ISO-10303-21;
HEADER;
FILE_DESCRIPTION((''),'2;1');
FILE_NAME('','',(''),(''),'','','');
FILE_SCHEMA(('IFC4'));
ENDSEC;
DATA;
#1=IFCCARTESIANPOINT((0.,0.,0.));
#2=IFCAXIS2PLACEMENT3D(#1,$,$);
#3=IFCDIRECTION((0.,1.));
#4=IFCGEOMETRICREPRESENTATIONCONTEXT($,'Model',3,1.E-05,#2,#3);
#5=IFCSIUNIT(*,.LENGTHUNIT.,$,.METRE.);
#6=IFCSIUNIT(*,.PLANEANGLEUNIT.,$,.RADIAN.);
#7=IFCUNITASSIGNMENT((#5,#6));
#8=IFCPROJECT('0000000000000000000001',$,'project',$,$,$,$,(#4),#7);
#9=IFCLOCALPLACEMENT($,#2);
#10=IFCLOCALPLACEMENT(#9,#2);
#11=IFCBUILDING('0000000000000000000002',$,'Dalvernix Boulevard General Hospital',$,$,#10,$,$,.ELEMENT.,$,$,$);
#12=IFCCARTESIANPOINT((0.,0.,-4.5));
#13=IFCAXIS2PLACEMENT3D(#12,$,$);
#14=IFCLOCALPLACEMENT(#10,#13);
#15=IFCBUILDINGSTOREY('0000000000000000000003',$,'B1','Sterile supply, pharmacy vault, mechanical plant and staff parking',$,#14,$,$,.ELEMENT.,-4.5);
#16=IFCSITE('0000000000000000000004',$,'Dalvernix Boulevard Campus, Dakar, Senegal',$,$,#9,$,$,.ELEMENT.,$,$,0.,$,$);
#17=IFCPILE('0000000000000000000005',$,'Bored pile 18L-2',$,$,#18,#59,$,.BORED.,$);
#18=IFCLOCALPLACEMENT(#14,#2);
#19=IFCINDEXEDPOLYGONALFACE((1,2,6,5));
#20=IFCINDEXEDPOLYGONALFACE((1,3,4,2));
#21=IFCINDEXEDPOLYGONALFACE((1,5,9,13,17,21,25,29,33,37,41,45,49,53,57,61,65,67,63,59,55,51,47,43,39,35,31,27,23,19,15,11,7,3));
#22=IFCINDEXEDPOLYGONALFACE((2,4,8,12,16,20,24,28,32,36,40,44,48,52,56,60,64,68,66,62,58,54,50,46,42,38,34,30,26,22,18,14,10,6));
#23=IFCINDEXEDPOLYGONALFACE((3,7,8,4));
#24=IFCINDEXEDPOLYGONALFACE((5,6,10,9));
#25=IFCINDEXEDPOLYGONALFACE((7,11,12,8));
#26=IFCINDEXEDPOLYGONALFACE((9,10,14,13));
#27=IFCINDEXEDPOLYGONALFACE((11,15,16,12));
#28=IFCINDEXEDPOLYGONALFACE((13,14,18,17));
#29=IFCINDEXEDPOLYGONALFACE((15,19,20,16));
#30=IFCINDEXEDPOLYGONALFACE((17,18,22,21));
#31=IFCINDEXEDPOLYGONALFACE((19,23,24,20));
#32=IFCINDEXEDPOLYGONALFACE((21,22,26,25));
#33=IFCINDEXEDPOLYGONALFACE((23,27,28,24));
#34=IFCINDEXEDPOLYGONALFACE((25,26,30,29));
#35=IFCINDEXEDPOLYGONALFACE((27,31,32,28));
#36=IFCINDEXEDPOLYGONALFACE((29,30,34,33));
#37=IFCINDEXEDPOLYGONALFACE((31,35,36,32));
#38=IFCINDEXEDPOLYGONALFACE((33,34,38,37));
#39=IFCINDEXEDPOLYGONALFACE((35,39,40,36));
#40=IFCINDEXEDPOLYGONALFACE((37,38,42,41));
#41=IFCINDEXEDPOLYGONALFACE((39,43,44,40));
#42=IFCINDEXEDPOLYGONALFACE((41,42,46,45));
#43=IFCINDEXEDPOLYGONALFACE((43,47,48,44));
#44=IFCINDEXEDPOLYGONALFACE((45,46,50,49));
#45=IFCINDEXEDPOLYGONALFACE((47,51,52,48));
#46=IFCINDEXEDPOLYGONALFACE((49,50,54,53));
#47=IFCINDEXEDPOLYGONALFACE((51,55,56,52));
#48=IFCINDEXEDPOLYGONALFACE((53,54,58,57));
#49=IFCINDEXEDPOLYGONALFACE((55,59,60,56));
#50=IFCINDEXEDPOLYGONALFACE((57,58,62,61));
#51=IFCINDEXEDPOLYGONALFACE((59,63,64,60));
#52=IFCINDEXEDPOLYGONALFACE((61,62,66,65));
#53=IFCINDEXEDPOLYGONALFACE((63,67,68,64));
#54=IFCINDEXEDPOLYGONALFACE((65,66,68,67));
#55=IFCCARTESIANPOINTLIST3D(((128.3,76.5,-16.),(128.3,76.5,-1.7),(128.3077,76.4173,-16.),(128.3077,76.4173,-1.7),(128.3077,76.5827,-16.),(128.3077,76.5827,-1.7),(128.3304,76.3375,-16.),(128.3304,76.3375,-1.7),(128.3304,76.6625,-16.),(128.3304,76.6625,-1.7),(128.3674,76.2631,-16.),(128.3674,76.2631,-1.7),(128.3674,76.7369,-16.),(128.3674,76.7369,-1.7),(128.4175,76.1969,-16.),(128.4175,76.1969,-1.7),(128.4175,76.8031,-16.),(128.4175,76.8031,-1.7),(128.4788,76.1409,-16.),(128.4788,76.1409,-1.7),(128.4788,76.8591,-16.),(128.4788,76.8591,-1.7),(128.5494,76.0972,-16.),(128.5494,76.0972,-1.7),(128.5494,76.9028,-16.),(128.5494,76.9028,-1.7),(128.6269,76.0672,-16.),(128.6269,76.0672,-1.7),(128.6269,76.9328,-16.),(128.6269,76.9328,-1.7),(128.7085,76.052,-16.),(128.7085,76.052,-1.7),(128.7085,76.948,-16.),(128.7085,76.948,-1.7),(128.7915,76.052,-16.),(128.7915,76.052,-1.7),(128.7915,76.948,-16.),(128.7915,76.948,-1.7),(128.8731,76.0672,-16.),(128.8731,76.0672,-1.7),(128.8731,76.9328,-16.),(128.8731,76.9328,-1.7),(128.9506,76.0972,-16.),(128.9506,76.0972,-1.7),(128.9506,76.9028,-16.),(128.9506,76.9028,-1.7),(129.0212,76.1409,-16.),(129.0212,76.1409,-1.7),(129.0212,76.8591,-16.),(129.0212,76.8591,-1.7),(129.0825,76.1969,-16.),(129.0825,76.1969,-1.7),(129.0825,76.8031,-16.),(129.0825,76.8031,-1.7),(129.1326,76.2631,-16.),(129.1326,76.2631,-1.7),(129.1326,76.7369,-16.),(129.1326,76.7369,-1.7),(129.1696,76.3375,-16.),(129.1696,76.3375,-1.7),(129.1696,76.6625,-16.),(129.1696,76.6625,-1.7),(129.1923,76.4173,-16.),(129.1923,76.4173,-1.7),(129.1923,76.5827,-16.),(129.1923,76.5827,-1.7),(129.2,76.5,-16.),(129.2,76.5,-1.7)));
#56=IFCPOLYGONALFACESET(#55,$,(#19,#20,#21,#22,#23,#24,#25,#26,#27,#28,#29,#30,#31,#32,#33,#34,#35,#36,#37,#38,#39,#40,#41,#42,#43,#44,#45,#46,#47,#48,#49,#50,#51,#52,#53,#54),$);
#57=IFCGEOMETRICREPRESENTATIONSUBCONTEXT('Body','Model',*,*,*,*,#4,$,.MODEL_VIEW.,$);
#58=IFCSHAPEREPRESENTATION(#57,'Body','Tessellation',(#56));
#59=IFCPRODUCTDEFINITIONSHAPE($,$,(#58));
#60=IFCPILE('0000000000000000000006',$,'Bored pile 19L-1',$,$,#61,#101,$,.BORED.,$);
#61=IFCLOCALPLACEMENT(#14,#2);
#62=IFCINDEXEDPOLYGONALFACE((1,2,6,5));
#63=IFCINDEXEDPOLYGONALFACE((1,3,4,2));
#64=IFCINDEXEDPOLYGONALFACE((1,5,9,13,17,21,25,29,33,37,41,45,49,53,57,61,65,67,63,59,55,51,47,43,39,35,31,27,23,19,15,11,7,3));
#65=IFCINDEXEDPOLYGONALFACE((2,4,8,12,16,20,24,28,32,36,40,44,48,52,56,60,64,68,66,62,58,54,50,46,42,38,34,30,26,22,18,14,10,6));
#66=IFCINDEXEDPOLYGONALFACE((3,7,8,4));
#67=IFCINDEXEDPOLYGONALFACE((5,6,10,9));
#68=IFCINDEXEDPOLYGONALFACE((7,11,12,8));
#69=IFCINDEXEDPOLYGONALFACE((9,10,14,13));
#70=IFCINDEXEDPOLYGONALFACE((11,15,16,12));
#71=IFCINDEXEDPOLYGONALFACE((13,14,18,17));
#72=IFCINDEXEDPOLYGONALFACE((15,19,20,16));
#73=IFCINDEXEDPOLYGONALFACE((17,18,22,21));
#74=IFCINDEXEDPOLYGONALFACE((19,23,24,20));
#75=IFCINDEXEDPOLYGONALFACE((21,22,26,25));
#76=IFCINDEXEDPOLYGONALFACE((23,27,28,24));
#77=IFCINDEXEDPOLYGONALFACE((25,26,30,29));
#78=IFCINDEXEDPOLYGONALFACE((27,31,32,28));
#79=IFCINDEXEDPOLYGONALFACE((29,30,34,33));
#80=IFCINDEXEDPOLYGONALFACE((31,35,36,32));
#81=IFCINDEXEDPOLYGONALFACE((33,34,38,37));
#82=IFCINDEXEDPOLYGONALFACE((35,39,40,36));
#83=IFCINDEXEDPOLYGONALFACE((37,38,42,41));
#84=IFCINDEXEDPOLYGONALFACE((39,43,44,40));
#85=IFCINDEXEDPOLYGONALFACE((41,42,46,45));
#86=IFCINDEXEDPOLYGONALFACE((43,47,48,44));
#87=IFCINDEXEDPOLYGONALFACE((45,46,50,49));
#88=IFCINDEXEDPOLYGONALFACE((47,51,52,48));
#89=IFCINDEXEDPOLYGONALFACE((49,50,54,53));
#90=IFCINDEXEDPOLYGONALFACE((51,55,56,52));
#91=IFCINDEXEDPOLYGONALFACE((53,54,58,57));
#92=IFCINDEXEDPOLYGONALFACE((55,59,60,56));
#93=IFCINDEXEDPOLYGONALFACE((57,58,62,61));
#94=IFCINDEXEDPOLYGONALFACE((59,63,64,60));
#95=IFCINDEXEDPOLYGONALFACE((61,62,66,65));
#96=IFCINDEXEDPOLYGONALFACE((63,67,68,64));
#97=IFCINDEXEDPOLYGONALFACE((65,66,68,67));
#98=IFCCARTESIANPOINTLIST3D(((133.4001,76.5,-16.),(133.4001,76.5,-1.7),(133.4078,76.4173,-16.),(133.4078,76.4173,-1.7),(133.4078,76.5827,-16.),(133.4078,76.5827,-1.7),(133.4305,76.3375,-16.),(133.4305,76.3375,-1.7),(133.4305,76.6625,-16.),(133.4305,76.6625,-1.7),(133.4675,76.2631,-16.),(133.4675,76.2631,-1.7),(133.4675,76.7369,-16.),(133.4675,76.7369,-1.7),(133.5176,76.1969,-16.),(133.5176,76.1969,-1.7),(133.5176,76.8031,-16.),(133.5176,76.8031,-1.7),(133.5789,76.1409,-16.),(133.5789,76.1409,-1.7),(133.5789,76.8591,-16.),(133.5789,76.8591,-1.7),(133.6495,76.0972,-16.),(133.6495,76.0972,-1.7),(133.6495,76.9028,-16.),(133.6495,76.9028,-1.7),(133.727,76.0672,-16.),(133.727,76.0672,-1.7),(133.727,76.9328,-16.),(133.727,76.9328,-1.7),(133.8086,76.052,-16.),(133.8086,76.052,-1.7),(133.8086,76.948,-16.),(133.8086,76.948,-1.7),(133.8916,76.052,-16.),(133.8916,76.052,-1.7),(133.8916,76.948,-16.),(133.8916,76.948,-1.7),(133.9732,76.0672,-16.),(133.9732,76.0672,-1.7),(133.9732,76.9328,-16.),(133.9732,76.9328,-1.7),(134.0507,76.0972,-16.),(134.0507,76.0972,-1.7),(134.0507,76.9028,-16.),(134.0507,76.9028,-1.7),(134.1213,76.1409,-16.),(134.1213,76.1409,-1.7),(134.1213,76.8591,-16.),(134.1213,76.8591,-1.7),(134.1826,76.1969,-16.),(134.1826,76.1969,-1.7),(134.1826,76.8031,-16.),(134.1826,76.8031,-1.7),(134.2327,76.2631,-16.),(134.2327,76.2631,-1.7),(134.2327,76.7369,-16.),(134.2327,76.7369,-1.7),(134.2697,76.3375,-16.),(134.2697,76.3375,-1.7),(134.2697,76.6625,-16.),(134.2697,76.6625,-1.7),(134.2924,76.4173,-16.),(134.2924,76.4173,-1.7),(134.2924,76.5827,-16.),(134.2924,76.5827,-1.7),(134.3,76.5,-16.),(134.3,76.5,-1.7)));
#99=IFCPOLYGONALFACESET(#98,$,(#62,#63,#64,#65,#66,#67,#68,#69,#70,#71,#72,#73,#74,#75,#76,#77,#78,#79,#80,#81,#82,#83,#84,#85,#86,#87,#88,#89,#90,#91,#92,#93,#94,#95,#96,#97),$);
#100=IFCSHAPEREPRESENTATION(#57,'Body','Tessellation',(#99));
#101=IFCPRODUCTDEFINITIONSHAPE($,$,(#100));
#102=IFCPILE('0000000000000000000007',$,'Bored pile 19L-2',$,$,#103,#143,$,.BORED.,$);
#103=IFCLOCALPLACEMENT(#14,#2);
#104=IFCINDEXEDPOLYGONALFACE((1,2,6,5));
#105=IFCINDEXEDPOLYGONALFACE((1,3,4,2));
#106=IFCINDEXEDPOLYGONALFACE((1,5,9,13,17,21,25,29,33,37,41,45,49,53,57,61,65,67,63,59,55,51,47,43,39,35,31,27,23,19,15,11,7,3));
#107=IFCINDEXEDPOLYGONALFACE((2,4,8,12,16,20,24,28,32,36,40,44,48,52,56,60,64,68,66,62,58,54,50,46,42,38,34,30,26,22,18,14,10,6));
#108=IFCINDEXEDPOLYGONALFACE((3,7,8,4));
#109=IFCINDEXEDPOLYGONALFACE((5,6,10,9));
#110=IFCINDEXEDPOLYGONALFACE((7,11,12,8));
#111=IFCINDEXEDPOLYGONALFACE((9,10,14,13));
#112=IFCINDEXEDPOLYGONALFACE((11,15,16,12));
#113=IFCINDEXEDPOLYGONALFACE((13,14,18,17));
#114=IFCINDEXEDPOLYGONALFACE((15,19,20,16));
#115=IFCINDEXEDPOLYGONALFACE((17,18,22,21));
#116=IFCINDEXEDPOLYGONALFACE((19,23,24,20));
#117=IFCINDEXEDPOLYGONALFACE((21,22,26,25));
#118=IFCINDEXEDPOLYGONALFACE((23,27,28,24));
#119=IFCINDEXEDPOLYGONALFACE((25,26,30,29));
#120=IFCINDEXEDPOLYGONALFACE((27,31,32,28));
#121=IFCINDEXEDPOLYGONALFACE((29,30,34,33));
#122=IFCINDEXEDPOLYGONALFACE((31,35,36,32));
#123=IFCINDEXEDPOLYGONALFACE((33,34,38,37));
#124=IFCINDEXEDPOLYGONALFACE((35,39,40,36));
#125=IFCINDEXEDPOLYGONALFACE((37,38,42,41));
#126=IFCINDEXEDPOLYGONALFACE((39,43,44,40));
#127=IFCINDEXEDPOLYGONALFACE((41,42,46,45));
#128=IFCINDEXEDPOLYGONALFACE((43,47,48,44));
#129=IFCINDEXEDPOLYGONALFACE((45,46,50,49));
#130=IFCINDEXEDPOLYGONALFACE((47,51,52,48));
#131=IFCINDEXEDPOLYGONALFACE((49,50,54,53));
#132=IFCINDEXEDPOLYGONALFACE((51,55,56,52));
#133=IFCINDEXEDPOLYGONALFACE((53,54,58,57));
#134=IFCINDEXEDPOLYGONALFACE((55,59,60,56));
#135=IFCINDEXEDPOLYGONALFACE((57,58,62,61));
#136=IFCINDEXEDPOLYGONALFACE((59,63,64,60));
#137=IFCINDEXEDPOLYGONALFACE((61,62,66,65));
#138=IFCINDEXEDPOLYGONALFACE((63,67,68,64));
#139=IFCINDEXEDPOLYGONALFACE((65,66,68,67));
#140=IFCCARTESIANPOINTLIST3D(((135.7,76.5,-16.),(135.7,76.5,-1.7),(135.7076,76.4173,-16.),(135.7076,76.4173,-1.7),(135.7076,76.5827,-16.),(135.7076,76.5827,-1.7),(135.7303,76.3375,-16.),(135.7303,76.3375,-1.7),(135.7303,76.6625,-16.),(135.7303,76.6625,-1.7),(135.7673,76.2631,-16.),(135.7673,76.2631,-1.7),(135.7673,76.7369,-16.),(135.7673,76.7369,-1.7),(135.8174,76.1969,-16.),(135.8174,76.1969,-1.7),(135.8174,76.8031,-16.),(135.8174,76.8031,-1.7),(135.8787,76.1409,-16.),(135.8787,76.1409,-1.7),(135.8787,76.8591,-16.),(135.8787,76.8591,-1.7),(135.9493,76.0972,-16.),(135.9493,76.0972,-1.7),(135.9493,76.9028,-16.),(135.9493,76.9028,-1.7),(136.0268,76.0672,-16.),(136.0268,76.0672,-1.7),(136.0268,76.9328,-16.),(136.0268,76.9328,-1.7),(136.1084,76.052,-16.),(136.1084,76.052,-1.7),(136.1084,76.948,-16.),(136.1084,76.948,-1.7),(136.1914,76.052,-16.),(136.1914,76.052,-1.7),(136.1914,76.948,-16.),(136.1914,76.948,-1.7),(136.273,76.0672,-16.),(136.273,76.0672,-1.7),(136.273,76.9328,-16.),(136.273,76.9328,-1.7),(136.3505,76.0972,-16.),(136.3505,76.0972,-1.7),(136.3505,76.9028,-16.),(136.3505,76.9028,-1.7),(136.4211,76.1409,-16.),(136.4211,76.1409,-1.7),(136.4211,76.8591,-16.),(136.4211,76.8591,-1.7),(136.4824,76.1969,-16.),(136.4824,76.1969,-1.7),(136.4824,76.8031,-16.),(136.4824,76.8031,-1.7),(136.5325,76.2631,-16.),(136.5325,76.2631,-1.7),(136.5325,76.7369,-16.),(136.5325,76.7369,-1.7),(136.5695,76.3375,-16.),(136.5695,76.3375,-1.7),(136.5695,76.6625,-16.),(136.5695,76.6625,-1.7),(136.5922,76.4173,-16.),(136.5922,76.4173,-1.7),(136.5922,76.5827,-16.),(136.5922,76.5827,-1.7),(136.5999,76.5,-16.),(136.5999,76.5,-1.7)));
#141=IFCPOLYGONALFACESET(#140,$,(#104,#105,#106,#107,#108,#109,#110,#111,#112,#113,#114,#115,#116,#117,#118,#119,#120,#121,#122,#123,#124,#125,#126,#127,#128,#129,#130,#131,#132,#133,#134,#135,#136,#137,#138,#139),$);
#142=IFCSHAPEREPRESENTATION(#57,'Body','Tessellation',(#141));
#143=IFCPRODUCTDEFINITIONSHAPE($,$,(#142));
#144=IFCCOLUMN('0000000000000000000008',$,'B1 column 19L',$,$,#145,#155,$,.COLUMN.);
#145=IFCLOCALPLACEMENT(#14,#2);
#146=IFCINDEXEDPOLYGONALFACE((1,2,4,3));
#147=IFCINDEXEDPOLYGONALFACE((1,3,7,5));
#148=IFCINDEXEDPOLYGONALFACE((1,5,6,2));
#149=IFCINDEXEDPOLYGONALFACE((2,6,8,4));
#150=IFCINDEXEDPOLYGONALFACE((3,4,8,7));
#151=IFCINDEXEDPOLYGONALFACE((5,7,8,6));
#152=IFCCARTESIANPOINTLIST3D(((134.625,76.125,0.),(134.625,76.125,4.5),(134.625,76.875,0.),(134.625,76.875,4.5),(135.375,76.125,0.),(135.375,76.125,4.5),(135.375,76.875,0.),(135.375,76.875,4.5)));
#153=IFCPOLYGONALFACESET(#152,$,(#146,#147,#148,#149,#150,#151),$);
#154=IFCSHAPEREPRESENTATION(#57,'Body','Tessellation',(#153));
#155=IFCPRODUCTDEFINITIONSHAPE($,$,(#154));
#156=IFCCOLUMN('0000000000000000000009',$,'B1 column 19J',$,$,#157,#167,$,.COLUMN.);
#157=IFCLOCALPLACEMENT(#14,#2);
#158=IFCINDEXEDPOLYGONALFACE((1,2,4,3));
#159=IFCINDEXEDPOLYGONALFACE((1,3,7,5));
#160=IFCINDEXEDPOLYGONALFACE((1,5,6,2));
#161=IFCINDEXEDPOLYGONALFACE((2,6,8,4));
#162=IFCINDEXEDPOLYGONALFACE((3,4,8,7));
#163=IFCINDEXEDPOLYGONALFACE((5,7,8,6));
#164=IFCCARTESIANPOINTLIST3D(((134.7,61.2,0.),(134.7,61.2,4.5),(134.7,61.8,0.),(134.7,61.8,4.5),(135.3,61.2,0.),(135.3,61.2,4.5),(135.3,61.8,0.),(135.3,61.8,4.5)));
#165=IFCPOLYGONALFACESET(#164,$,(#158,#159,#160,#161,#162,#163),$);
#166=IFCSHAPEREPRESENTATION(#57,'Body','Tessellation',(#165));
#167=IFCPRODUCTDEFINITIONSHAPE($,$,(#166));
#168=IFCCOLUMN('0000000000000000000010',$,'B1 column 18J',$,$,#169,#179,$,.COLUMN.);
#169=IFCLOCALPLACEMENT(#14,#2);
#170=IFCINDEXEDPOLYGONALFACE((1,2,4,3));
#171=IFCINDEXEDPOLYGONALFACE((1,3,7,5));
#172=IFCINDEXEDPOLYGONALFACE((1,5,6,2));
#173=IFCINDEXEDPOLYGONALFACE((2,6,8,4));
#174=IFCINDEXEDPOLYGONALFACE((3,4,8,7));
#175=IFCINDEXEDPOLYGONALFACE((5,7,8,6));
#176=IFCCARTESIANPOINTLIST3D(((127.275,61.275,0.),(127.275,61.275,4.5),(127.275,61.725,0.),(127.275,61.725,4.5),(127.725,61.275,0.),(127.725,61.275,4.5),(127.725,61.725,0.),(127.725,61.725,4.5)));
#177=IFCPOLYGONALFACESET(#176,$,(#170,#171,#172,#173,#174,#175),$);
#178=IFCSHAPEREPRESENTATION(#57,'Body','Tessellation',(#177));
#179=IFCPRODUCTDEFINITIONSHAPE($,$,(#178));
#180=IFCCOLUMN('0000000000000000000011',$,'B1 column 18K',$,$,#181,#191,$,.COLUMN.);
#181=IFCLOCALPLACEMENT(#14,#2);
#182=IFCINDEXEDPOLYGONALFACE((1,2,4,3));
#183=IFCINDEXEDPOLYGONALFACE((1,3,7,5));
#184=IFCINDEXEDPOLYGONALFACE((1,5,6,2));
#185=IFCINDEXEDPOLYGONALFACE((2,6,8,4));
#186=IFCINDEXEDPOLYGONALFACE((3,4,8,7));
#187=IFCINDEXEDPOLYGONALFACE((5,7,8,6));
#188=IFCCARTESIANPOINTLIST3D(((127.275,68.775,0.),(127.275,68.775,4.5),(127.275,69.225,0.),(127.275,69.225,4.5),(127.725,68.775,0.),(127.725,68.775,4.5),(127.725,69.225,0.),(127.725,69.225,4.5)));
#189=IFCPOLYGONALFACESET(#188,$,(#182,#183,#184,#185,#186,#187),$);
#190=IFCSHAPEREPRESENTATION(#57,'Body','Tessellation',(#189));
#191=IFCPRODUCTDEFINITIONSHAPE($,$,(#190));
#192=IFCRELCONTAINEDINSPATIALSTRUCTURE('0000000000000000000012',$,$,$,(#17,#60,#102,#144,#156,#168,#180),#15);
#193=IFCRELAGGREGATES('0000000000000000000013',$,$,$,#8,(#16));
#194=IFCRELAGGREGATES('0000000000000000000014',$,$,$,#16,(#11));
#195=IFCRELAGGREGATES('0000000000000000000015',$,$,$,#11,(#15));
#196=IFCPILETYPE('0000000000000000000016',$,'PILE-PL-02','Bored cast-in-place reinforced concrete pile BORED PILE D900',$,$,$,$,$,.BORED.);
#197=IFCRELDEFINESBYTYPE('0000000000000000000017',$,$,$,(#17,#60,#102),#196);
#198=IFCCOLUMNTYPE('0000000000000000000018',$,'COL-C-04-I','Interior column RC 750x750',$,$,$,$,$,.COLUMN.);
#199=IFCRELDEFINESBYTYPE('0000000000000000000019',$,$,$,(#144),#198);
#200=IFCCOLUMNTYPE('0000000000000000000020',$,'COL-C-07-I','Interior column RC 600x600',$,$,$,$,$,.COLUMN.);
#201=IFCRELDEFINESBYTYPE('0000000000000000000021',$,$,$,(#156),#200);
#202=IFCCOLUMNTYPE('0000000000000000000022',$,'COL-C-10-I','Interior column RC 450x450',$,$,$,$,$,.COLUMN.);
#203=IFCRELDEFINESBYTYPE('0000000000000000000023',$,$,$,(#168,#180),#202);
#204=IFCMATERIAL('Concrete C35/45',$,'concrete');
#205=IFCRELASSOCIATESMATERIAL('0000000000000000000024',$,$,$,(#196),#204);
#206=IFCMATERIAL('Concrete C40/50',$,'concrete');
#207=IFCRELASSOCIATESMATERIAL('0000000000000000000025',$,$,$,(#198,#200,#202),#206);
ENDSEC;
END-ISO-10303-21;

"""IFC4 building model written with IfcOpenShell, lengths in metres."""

from ifc_helpers import new_model, si_unit, direction, frame, origin, origin_2d, place, context, subcontext, project, spatial, rectangle, circle, extrude, material, material_profile, profile_set, type_object, element, save


model = new_model("IFC4")

# Units and contexts
model_context = context("Model", 3, precision=1e-05, world=origin(), true_north=direction((0.0, 1.0)))
body_context = subcontext(model_context, "Body", "Model", "MODEL_VIEW")
ifc_project = project(units=[si_unit("LENGTHUNIT", "METRE"), si_unit("PLANEANGLEUNIT", "RADIAN")], contexts=[model_context])

# Site, building, storey
site_placement = place(None, origin())
site = spatial("IfcSite", under=ifc_project, at=site_placement, Name="Dalvernix Boulevard Campus, Dakar, Senegal", CompositionType="ELEMENT", RefElevation=0.0)
building_placement = place(site_placement, origin())
building = spatial("IfcBuilding", under=site, at=building_placement, Name="Dalvernix Boulevard General Hospital", CompositionType="ELEMENT")
storey_placement = place(building_placement, frame((0.0, 0.0, -4.5)))
storey = spatial("IfcBuildingStorey", under=building, at=storey_placement, Name="B1", Description="Sterile supply, pharmacy vault, mechanical plant and staff parking", CompositionType="ELEMENT", Elevation=-4.5)

# Shared definitions
ifc_material_1 = material(Name="Concrete C35/45", Category="concrete")
ifc_material_2 = material(Name="Concrete C40/50", Category="concrete")

# Piles
ifc_material_profile_1 = material_profile(ifc_material_1, circle(Radius=0.45, at=origin_2d()), Name="BORED PILE D900")
ifc_profile_set_1 = profile_set([ifc_material_profile_1], Name="Concrete C35/45")
pile_type_1 = type_object("IfcPileType", Name="PILE-PL-02", Description="Bored cast-in-place reinforced concrete pile BORED PILE D900", PredefinedType="BORED", material=ifc_profile_set_1)
for number, where, z_axis, x_axis, name in (
    (1, (128.75, 76.5, -1.7), (0.0, 0.0, -1.0), (1.0, 0.0, 0.0), "Bored pile 18L-2"),
    (2, (133.8501, 76.5, -1.7), (0.0, 0.0, -1.0), (1.0, 0.0, 0.0), "Bored pile 19L-1"),
    (3, (136.1499, 76.5, -1.7), (0.0, 0.0, -1.0), (1.0, 0.0, 0.0), "Bored pile 19L-2"),
):
    element("IfcPile", number, at=place(storey_placement, frame(where, z_axis=z_axis, x_axis=x_axis)), inside=storey, type_object=pile_type_1, Name=name, PredefinedType="BORED", context=body_context, shape_type="SweptSolid", body=[
        extrude(circle(Radius=0.45, at=origin_2d()), origin(), (0.0, 0.0, 1.0), 14.3),
    ])

# Columns
ifc_material_profile_2 = material_profile(ifc_material_2, rectangle(XDim=0.75, YDim=0.75, at=origin_2d()), Name="RC 750x750")
ifc_profile_set_2 = profile_set([ifc_material_profile_2], Name="Concrete C40/50")
column_type_1 = type_object("IfcColumnType", Name="COL-C-04-I", Description="Interior column RC 750x750", PredefinedType="COLUMN", material=ifc_profile_set_2)
column_1_placement = place(storey_placement, frame((135.0, 76.5, 0.0), z_axis=(0.0, 0.0, 1.0), x_axis=(1.0, 0.0, 0.0)))
element("IfcColumn", 4, at=column_1_placement, inside=storey, type_object=column_type_1, Name="B1 column 19L", PredefinedType="COLUMN", context=body_context, shape_type="SweptSolid", body=[
    extrude(rectangle(XDim=0.75, YDim=0.75, at=origin_2d()), origin(), (0.0, 0.0, 1.0), 4.5),
])
ifc_material_profile_3 = material_profile(ifc_material_2, rectangle(XDim=0.6001, YDim=0.6001, at=origin_2d()), Name="RC 600x600")
ifc_profile_set_3 = profile_set([ifc_material_profile_3], Name="Concrete C40/50")
column_type_2 = type_object("IfcColumnType", Name="COL-C-07-I", Description="Interior column RC 600x600", PredefinedType="COLUMN", material=ifc_profile_set_3)
column_2_placement = place(storey_placement, frame((135.0, 61.5, 0.0), z_axis=(0.0, 0.0, 1.0), x_axis=(1.0, 0.0, 0.0)))
element("IfcColumn", 5, at=column_2_placement, inside=storey, type_object=column_type_2, Name="B1 column 19J", PredefinedType="COLUMN", context=body_context, shape_type="SweptSolid", body=[
    extrude(rectangle(XDim=0.6001, YDim=0.6001, at=origin_2d()), origin(), (0.0, 0.0, 1.0), 4.5),
])
ifc_material_profile_4 = material_profile(ifc_material_2, rectangle(XDim=0.45, YDim=0.45, at=origin_2d()), Name="RC 450x450")
ifc_profile_set_4 = profile_set([ifc_material_profile_4], Name="Concrete C40/50")
column_type_3 = type_object("IfcColumnType", Name="COL-C-10-I", Description="Interior column RC 450x450", PredefinedType="COLUMN", material=ifc_profile_set_4)
for number, where, z_axis, x_axis, name in (
    (6, (127.5, 61.5, 0.0), (0.0, 0.0, 1.0), (1.0, 0.0, 0.0), "B1 column 18J"),
    (7, (127.5, 69.0, 0.0), (0.0, 0.0, 1.0), (1.0, 0.0, 0.0), "B1 column 18K"),
):
    element("IfcColumn", number, at=place(storey_placement, frame(where, z_axis=z_axis, x_axis=x_axis)), inside=storey, type_object=column_type_3, Name=name, PredefinedType="COLUMN", context=body_context, shape_type="SweptSolid", body=[
        extrude(rectangle(XDim=0.45, YDim=0.45, at=origin_2d()), origin(), (0.0, 0.0, 1.0), 4.5),
    ])

save(model, "model.ifc")
